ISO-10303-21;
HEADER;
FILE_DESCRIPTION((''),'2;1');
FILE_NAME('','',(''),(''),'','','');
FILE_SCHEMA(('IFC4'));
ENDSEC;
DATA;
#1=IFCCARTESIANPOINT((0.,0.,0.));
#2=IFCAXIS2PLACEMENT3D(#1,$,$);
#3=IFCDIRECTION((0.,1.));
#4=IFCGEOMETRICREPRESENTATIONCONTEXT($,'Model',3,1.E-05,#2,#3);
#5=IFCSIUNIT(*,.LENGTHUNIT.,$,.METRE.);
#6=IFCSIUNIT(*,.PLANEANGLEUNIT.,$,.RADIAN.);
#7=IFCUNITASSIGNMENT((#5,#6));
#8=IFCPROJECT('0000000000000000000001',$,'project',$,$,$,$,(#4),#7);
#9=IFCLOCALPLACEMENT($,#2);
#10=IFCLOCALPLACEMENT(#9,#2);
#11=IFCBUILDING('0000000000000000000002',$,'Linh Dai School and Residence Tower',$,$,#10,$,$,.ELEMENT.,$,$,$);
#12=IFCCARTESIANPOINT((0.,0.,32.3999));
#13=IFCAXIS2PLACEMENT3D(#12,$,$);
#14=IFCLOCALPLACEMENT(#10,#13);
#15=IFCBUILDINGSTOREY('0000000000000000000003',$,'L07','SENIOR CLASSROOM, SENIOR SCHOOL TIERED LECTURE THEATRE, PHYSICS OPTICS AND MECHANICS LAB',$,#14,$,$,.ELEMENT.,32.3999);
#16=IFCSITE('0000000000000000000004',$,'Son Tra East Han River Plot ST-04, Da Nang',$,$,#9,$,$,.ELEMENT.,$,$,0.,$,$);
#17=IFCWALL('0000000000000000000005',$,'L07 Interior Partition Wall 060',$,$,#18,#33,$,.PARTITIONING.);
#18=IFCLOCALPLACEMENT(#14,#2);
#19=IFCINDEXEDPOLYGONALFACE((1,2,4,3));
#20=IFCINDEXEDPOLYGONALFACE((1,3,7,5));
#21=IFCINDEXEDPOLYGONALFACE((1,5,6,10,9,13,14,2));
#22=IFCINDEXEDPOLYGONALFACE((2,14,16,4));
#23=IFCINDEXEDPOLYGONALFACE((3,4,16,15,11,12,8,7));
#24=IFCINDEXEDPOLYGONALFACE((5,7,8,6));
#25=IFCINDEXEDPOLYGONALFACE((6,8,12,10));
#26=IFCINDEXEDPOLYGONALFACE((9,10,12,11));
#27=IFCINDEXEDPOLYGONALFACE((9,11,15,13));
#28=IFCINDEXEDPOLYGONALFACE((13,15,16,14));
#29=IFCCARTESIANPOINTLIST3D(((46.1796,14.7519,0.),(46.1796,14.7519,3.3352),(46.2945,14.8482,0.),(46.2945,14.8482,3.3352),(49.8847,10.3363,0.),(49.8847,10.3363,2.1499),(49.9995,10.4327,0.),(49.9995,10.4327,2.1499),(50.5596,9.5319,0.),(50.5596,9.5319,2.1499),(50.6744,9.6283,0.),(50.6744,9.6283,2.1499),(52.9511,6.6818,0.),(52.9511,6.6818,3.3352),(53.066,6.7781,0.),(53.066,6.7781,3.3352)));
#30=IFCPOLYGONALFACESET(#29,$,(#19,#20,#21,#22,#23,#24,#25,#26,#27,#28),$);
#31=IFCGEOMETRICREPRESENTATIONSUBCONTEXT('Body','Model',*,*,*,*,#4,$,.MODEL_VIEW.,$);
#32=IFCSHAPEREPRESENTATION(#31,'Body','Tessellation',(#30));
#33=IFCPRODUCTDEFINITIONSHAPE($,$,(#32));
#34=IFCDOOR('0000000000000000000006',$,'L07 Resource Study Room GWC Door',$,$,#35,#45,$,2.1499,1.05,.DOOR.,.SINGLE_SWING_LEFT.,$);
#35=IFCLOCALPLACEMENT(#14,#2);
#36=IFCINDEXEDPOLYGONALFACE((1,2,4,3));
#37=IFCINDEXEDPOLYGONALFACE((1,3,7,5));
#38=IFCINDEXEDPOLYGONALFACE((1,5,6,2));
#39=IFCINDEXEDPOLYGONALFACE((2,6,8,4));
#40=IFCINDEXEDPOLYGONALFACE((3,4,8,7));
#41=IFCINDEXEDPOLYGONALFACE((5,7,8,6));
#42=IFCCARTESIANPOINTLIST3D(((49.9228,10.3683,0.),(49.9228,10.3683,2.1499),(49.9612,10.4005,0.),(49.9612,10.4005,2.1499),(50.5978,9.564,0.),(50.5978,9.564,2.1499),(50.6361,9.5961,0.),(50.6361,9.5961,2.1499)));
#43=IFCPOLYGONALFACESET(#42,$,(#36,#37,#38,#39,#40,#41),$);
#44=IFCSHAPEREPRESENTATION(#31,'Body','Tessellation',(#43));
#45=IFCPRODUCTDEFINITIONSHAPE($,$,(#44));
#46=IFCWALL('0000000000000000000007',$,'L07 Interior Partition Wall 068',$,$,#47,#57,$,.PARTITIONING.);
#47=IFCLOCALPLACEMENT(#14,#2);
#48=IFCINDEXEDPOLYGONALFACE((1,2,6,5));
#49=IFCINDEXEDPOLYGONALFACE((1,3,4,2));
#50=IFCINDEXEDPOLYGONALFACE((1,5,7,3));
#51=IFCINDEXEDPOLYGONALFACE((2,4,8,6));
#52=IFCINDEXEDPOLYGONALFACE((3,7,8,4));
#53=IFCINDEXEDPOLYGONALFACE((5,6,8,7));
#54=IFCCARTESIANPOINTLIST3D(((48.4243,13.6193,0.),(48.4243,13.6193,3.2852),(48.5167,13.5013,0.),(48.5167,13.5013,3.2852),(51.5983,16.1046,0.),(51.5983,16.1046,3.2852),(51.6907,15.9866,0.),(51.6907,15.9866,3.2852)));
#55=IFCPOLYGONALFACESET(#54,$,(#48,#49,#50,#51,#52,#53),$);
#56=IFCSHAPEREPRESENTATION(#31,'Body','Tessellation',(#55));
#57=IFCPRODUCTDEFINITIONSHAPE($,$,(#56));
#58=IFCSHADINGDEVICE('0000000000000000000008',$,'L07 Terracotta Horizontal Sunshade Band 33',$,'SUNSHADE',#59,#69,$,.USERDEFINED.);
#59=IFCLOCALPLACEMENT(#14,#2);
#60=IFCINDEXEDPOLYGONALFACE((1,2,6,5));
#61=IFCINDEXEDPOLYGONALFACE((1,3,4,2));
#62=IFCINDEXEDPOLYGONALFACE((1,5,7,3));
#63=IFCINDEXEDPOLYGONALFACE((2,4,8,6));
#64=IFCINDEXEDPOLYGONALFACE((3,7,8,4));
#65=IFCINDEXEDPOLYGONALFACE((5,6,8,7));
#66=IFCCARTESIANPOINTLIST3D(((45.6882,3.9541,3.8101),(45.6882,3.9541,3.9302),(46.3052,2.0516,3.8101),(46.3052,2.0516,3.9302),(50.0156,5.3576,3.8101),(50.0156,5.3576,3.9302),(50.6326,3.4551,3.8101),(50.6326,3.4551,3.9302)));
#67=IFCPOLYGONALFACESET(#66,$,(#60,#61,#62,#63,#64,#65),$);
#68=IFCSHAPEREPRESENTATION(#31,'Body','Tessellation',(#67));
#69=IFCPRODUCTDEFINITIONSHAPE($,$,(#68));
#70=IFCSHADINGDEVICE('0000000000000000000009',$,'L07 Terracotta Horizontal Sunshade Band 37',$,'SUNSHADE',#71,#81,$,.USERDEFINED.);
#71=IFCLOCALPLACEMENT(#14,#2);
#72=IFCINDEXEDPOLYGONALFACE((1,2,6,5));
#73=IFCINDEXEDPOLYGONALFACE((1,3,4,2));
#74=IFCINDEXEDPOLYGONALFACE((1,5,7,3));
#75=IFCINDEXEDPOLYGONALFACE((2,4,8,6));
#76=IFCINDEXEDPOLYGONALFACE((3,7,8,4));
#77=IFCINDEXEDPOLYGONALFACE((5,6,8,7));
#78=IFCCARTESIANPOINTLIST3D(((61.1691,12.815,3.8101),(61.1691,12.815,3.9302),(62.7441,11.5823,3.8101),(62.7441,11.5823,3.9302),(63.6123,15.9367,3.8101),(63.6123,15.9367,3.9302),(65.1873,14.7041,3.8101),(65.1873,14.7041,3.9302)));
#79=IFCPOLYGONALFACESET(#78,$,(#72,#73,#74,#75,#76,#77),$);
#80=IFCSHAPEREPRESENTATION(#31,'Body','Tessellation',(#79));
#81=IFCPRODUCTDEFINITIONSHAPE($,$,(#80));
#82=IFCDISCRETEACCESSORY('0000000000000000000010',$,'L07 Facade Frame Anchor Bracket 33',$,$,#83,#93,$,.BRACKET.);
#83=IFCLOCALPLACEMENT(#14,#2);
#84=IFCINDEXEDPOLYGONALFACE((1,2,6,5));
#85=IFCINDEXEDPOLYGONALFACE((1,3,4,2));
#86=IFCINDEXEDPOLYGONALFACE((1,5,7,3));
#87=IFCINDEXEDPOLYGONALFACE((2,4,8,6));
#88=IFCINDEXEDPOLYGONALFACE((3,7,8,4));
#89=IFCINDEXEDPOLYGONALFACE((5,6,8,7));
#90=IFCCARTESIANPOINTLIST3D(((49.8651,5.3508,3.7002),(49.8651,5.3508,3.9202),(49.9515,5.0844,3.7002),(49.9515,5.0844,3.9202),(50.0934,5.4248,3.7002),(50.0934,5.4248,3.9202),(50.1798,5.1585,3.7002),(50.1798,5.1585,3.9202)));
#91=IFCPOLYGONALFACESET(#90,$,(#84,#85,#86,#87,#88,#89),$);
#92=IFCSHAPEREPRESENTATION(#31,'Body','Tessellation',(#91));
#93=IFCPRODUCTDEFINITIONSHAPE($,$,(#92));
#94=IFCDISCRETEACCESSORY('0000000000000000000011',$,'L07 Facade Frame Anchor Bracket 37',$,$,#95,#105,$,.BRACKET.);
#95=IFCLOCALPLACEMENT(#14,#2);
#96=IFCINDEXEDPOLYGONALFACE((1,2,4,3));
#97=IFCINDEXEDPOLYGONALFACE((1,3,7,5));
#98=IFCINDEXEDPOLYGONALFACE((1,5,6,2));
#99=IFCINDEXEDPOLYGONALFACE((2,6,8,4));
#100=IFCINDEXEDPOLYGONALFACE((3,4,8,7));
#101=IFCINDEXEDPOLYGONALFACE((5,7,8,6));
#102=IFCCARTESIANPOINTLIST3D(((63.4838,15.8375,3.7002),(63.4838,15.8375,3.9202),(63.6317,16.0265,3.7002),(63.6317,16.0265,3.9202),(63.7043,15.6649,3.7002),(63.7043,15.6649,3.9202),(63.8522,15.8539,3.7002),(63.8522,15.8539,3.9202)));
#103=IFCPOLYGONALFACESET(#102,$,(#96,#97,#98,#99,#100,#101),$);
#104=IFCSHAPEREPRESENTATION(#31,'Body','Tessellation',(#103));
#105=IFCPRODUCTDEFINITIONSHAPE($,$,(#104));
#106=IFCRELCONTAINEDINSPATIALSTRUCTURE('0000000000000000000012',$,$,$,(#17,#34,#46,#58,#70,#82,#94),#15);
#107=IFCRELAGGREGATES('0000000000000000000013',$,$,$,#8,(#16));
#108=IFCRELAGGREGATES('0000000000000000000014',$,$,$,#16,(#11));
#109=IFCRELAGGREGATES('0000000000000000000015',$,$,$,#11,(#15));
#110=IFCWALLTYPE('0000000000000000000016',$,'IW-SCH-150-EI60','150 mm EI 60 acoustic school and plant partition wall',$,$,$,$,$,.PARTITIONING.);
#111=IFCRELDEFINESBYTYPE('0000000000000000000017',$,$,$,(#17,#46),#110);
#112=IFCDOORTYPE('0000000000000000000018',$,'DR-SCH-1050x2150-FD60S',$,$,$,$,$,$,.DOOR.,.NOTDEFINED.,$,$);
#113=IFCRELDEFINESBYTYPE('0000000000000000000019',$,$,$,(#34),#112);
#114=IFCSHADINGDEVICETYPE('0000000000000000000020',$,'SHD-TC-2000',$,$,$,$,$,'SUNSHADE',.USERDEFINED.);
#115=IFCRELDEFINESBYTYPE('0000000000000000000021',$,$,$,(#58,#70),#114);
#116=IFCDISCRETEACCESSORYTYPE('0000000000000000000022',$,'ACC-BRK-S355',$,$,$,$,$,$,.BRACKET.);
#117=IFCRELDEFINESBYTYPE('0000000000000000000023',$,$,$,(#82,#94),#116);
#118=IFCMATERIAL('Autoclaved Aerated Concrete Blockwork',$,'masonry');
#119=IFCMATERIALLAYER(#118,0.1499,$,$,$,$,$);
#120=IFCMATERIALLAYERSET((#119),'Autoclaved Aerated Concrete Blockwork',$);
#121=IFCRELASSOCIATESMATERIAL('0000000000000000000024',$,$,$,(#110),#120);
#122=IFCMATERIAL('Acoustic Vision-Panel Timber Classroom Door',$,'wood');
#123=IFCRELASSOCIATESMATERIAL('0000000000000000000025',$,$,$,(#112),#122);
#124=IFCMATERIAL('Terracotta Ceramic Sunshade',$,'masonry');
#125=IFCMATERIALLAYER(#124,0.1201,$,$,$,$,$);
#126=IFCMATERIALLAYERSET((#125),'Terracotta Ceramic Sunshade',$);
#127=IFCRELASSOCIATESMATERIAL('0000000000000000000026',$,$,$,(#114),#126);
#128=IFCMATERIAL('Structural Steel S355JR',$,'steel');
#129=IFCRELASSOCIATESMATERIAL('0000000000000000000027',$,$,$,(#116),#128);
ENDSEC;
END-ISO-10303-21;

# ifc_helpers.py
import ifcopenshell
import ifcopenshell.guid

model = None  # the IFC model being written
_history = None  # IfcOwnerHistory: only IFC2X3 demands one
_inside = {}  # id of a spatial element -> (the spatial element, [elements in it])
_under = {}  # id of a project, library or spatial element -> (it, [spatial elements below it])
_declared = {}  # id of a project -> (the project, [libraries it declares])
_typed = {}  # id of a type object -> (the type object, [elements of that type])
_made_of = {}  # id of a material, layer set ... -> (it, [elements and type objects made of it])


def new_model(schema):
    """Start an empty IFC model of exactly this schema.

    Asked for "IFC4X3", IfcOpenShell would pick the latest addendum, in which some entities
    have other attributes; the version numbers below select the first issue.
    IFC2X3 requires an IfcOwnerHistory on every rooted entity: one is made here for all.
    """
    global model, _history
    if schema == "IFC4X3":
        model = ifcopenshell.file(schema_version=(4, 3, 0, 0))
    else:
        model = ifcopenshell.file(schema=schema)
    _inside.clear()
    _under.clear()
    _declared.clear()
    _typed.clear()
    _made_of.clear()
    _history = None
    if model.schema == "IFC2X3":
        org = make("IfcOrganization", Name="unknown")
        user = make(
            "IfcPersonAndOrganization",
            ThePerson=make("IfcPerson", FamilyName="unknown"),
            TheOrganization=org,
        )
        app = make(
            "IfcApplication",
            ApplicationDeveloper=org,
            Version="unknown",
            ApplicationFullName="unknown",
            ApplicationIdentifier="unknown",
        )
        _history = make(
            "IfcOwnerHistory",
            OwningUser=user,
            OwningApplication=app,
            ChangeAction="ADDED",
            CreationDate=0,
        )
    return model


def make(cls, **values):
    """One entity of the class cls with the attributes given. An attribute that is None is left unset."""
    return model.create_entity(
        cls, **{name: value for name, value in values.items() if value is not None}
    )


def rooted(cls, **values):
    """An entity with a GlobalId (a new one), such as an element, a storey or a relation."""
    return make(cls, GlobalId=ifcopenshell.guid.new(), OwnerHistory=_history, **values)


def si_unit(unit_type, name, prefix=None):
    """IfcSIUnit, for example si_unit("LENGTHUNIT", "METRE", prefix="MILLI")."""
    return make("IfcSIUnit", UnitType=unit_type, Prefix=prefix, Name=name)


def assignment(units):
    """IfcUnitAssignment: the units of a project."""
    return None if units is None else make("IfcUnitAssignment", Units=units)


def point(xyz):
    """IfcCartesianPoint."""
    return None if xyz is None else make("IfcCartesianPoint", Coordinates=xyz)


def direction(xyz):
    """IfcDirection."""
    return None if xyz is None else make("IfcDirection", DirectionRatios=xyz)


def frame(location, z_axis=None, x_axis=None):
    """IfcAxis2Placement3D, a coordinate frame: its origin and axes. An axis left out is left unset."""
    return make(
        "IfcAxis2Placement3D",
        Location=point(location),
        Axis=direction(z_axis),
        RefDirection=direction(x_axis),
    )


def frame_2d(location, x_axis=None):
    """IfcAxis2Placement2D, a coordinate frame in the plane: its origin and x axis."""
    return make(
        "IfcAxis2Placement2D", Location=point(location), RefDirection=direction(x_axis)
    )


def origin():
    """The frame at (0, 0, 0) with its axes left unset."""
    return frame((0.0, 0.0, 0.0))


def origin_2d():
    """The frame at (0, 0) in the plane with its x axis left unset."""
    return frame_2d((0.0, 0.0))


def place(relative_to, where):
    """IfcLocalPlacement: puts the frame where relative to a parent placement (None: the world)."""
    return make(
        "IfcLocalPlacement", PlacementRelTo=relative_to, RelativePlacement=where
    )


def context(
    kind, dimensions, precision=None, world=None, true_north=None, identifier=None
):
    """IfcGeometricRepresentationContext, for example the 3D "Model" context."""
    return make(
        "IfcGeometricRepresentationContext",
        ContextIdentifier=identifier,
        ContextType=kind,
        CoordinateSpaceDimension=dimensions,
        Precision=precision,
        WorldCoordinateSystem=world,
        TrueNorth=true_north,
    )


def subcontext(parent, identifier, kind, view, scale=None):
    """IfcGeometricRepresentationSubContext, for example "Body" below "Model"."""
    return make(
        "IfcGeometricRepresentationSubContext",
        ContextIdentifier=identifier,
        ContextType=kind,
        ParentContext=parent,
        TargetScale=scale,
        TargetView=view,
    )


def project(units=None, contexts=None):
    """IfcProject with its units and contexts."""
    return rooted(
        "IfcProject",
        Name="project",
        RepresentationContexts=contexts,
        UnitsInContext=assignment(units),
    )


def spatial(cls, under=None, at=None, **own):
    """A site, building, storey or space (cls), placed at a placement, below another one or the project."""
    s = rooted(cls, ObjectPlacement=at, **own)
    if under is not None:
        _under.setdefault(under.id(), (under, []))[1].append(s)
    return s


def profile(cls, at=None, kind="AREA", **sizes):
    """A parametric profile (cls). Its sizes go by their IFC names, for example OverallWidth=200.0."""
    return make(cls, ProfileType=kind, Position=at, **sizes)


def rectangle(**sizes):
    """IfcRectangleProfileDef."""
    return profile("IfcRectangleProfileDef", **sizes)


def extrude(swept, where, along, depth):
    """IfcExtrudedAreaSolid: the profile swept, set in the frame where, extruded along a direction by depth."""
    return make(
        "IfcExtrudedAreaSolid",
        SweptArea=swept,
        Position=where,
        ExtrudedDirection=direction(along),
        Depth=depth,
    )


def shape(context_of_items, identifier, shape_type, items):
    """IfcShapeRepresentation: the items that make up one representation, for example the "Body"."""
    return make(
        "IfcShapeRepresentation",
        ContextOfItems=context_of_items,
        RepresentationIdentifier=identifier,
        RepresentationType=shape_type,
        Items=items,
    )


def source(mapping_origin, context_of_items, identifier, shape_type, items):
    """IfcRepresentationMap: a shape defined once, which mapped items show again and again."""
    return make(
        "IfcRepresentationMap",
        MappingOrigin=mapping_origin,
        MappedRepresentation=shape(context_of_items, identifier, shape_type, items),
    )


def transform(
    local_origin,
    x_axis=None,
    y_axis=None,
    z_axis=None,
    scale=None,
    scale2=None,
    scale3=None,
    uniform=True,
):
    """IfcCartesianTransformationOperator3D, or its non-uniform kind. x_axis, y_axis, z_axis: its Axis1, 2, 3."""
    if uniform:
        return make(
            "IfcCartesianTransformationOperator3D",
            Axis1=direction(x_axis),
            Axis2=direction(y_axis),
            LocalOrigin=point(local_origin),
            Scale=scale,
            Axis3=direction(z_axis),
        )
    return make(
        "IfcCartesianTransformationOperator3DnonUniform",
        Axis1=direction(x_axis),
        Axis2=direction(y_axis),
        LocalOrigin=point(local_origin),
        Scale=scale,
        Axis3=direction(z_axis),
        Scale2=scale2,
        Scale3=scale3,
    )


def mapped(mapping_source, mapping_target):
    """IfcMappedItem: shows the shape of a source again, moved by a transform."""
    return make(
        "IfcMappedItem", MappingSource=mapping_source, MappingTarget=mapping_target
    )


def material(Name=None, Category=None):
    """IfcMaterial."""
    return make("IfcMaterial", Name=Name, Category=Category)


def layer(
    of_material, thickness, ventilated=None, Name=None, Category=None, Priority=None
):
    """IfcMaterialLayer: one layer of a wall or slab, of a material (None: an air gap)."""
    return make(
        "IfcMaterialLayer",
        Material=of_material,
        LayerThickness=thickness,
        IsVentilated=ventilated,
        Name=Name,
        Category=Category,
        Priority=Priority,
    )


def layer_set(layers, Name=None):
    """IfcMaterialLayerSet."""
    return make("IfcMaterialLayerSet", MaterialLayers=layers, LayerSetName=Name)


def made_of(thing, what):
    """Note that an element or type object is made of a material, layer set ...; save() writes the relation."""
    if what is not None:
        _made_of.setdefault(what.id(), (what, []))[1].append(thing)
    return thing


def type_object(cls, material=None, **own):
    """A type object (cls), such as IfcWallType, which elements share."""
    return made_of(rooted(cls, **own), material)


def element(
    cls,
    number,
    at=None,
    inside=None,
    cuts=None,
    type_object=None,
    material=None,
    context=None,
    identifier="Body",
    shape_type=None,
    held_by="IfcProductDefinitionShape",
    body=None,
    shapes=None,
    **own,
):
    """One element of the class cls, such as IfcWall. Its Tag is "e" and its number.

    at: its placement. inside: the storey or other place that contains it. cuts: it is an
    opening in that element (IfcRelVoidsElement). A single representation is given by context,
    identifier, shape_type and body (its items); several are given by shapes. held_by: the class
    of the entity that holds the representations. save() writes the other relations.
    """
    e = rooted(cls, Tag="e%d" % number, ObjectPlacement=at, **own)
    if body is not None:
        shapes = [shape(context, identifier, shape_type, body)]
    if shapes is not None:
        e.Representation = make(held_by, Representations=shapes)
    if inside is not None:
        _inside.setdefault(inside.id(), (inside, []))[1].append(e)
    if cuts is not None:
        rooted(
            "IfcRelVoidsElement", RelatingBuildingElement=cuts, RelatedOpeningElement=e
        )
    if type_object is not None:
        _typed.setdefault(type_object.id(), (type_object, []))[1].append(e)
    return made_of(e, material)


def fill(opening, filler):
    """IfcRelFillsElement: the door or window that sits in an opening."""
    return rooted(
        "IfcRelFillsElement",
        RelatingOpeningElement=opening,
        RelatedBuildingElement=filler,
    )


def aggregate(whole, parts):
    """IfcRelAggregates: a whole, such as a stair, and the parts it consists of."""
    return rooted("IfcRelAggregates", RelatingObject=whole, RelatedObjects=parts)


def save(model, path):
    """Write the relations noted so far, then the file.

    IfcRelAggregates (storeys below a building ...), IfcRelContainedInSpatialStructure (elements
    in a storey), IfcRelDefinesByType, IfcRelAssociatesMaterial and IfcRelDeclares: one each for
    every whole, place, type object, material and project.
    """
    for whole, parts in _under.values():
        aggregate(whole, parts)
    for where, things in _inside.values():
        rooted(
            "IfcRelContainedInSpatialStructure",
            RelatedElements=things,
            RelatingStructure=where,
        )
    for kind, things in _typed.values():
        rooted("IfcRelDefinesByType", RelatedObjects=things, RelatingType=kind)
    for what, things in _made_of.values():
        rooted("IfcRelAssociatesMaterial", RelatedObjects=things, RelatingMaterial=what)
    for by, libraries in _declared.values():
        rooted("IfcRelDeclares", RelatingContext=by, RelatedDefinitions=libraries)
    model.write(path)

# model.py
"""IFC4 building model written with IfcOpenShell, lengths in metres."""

from ifc_helpers import new_model, si_unit, direction, frame, frame_2d, origin, origin_2d, place, context, subcontext, project, spatial, rectangle, extrude, source, transform, mapped, material, layer, layer_set, type_object, element, fill, save


model = new_model("IFC4")

# Units and contexts
model_context = context("Model", 3, precision=1e-05, world=origin(), true_north=direction((0.0, 1.0)))
body_context = subcontext(model_context, "Body", "Model", "MODEL_VIEW")
ifc_project = project(units=[si_unit("LENGTHUNIT", "METRE"), si_unit("PLANEANGLEUNIT", "RADIAN")], contexts=[model_context])

# Site, building, storey
site_placement = place(None, origin())
site = spatial("IfcSite", under=ifc_project, at=site_placement, Name="Son Tra East Han River Plot ST-04, Da Nang", CompositionType="ELEMENT", RefElevation=0.0)
building_placement = place(site_placement, origin())
building = spatial("IfcBuilding", under=site, at=building_placement, Name="Linh Dai School and Residence Tower", CompositionType="ELEMENT")
storey_placement = place(building_placement, frame((0.0, 0.0, 32.3999)))
storey = spatial("IfcBuildingStorey", under=building, at=storey_placement, Name="L07", Description="SENIOR CLASSROOM, SENIOR SCHOOL TIERED LECTURE THEATRE, PHYSICS OPTICS AND MECHANICS LAB", CompositionType="ELEMENT", Elevation=32.3999)

# Shared definitions
ifc_material_1 = material(Name="Structural Steel S355JR", Category="steel")

# Shared definitions
ifc_material_2 = material(Name="Autoclaved Aerated Concrete Blockwork", Category="masonry")

# Wall, opening, door
ifc_layer_1 = layer(ifc_material_2, 0.1499)
ifc_layer_set_1 = layer_set([ifc_layer_1], Name="Autoclaved Aerated Concrete Blockwork")
wall_type_1 = type_object("IfcWallType", Name="IW-SCH-150-EI60", Description="150 mm EI 60 acoustic school and plant partition wall", PredefinedType="PARTITIONING", material=ifc_layer_set_1)
wall_1_placement = place(storey_placement, frame((46.2371, 14.8, 0.0), z_axis=(0.0, 0.0, 1.0), x_axis=(0.642782, -0.766049, 0.0)))
wall_1 = element("IfcWall", 1, at=wall_1_placement, inside=storey, type_object=wall_type_1, Name="L07 Interior Partition Wall 060", PredefinedType="PARTITIONING", context=body_context, shape_type="SweptSolid", body=[
    extrude(rectangle(XDim=10.5347, YDim=0.1499, at=frame_2d((5.2673, 0.0))), origin(), (0.0, 0.0, 1.0), 3.3352),
])
opening_1_placement = place(wall_1_placement, frame((5.7642, 0.0, 0.0)))
opening_1 = element("IfcOpeningElement", 2, at=opening_1_placement, cuts=wall_1, PredefinedType="OPENING", context=body_context, shape_type="SweptSolid", body=[
    extrude(rectangle(XDim=1.05, YDim=2.1499, at=origin_2d()), frame((0.5249, 0.085, 1.075), z_axis=(0.0, -1.0, 0.0), x_axis=(1.0, 0.0, 0.0)), (0.0, 0.0, 1.0), 0.1699),
])
ifc_material_3 = material(Name="Acoustic Vision-Panel Timber Classroom Door", Category="wood")
door_type_1 = type_object("IfcDoorType", Name="DR-SCH-1050x2150-FD60S", OperationType="NOTDEFINED", PredefinedType="DOOR", material=ifc_material_3)
shared_shape_1 = source(origin(), body_context, "Body", "SweptSolid", [
    extrude(rectangle(XDim=1.05, YDim=2.1499, at=origin_2d()), frame((0.5249, 0.0249, 1.075), z_axis=(0.0, -1.0, 0.0), x_axis=(1.0, 0.0, 0.0)), (0.0, 0.0, 1.0), 0.05),
])
door_1_placement = place(opening_1_placement, origin())
door_1 = element("IfcDoor", 3, at=door_1_placement, inside=storey, type_object=door_type_1, Name="L07 Resource Study Room GWC Door", OperationType="SINGLE_SWING_LEFT", OverallHeight=2.1499, OverallWidth=1.05, PredefinedType="DOOR", context=body_context, shape_type="MappedRepresentation", body=[
    mapped(shared_shape_1, transform((0.0, 0.0, 0.0), x_axis=(1.0, 0.0, 0.0), y_axis=(0.0, 1.0, 0.0), z_axis=(0.0, 0.0, 1.0), scale=1.0)),
])
fill(opening_1, door_1)

# Wall
wall_2_placement = place(storey_placement, frame((48.4705, 13.5603, 0.0), z_axis=(0.0, 0.0, 1.0), x_axis=(0.787349, 0.616507, 0.0)))
element("IfcWall", 4, at=wall_2_placement, inside=storey, type_object=wall_type_1, Name="L07 Interior Partition Wall 068", PredefinedType="PARTITIONING", context=body_context, shape_type="SweptSolid", body=[
    extrude(rectangle(XDim=4.0312, YDim=0.1499, at=frame_2d((2.0156, 0.0))), origin(), (0.0, 0.0, 1.0), 3.2852),
])

# Shading devices
ifc_material_4 = material(Name="Terracotta Ceramic Sunshade", Category="masonry")
ifc_layer_2 = layer(ifc_material_4, 0.1201)
ifc_layer_set_2 = layer_set([ifc_layer_2], Name="Terracotta Ceramic Sunshade")
shading_device_type = type_object("IfcShadingDeviceType", Name="SHD-TC-2000", ElementType="SUNSHADE", PredefinedType="USERDEFINED", material=ifc_layer_set_2)
shared_shape_2 = source(origin(), body_context, "Body", "SweptSolid", [
    extrude(rectangle(XDim=4.5493, YDim=2.0, at=origin_2d()), origin(), (0.0, 0.0, 1.0), 0.1201),
])
shading_device_1_placement = place(storey_placement, frame((48.1604, 3.7046, 3.8101), z_axis=(0.0, 0.0, 1.0), x_axis=(-0.951221, -0.308511, 0.0)))
element("IfcShadingDevice", 5, at=shading_device_1_placement, inside=storey, type_object=shading_device_type, Name="L07 Terracotta Horizontal Sunshade Band 33", ObjectType="SUNSHADE", PredefinedType="USERDEFINED", context=body_context, shape_type="MappedRepresentation", body=[
    mapped(shared_shape_2, transform((0.0, 0.0, 0.0), x_axis=(1.0, 0.0, 0.0), y_axis=(0.0, 1.0, 0.0), z_axis=(0.0, 0.0, 1.0), scale=1.0)),
])
shared_shape_3 = source(origin(), body_context, "Body", "SweptSolid", [
    extrude(rectangle(XDim=3.9641, YDim=2.0, at=origin_2d()), origin(), (0.0, 0.0, 1.0), 0.1201),
])
shading_device_2_placement = place(storey_placement, frame((63.1782, 13.7595, 3.8101), z_axis=(0.0, 0.0, 1.0), x_axis=(-0.616319, -0.787496, 0.0)))
element("IfcShadingDevice", 6, at=shading_device_2_placement, inside=storey, type_object=shading_device_type, Name="L07 Terracotta Horizontal Sunshade Band 37", ObjectType="SUNSHADE", PredefinedType="USERDEFINED", context=body_context, shape_type="MappedRepresentation", body=[
    mapped(shared_shape_3, transform((0.0, 0.0, 0.0), x_axis=(1.0, 0.0, 0.0), y_axis=(0.0, 1.0, 0.0), z_axis=(0.0, 0.0, 1.0), scale=1.0)),
])

# Discrete accessories
discrete_accessory_type = type_object("IfcDiscreteAccessoryType", Name="ACC-BRK-S355", PredefinedType="BRACKET", material=ifc_material_1)
shared_shape_4 = source(origin(), body_context, "Body", "SweptSolid", [
    extrude(rectangle(XDim=0.28, YDim=0.24, at=origin_2d()), origin(), (0.0, 0.0, 1.0), 0.22),
])
for number, where, z_axis, x_axis, name in (
    (7, (50.0225, 5.2546, 3.7002), (0.0, 0.0, 1.0), (0.308511, -0.951221, 0.0), "L07 Facade Frame Anchor Bracket 33"),
    (8, (63.668, 15.8457, 3.7002), (0.0, 0.0, 1.0), (0.787496, -0.616319, 0.0), "L07 Facade Frame Anchor Bracket 37"),
):
    element("IfcDiscreteAccessory", number, at=place(storey_placement, frame(where, z_axis=z_axis, x_axis=x_axis)), inside=storey, type_object=discrete_accessory_type, Name=name, PredefinedType="BRACKET", context=body_context, shape_type="MappedRepresentation", body=[
        mapped(shared_shape_4, transform((0.0, 0.0, 0.0), x_axis=(1.0, 0.0, 0.0), y_axis=(0.0, 1.0, 0.0), z_axis=(0.0, 0.0, 1.0), scale=1.0)),
    ])

save(model, "model.ifc")
